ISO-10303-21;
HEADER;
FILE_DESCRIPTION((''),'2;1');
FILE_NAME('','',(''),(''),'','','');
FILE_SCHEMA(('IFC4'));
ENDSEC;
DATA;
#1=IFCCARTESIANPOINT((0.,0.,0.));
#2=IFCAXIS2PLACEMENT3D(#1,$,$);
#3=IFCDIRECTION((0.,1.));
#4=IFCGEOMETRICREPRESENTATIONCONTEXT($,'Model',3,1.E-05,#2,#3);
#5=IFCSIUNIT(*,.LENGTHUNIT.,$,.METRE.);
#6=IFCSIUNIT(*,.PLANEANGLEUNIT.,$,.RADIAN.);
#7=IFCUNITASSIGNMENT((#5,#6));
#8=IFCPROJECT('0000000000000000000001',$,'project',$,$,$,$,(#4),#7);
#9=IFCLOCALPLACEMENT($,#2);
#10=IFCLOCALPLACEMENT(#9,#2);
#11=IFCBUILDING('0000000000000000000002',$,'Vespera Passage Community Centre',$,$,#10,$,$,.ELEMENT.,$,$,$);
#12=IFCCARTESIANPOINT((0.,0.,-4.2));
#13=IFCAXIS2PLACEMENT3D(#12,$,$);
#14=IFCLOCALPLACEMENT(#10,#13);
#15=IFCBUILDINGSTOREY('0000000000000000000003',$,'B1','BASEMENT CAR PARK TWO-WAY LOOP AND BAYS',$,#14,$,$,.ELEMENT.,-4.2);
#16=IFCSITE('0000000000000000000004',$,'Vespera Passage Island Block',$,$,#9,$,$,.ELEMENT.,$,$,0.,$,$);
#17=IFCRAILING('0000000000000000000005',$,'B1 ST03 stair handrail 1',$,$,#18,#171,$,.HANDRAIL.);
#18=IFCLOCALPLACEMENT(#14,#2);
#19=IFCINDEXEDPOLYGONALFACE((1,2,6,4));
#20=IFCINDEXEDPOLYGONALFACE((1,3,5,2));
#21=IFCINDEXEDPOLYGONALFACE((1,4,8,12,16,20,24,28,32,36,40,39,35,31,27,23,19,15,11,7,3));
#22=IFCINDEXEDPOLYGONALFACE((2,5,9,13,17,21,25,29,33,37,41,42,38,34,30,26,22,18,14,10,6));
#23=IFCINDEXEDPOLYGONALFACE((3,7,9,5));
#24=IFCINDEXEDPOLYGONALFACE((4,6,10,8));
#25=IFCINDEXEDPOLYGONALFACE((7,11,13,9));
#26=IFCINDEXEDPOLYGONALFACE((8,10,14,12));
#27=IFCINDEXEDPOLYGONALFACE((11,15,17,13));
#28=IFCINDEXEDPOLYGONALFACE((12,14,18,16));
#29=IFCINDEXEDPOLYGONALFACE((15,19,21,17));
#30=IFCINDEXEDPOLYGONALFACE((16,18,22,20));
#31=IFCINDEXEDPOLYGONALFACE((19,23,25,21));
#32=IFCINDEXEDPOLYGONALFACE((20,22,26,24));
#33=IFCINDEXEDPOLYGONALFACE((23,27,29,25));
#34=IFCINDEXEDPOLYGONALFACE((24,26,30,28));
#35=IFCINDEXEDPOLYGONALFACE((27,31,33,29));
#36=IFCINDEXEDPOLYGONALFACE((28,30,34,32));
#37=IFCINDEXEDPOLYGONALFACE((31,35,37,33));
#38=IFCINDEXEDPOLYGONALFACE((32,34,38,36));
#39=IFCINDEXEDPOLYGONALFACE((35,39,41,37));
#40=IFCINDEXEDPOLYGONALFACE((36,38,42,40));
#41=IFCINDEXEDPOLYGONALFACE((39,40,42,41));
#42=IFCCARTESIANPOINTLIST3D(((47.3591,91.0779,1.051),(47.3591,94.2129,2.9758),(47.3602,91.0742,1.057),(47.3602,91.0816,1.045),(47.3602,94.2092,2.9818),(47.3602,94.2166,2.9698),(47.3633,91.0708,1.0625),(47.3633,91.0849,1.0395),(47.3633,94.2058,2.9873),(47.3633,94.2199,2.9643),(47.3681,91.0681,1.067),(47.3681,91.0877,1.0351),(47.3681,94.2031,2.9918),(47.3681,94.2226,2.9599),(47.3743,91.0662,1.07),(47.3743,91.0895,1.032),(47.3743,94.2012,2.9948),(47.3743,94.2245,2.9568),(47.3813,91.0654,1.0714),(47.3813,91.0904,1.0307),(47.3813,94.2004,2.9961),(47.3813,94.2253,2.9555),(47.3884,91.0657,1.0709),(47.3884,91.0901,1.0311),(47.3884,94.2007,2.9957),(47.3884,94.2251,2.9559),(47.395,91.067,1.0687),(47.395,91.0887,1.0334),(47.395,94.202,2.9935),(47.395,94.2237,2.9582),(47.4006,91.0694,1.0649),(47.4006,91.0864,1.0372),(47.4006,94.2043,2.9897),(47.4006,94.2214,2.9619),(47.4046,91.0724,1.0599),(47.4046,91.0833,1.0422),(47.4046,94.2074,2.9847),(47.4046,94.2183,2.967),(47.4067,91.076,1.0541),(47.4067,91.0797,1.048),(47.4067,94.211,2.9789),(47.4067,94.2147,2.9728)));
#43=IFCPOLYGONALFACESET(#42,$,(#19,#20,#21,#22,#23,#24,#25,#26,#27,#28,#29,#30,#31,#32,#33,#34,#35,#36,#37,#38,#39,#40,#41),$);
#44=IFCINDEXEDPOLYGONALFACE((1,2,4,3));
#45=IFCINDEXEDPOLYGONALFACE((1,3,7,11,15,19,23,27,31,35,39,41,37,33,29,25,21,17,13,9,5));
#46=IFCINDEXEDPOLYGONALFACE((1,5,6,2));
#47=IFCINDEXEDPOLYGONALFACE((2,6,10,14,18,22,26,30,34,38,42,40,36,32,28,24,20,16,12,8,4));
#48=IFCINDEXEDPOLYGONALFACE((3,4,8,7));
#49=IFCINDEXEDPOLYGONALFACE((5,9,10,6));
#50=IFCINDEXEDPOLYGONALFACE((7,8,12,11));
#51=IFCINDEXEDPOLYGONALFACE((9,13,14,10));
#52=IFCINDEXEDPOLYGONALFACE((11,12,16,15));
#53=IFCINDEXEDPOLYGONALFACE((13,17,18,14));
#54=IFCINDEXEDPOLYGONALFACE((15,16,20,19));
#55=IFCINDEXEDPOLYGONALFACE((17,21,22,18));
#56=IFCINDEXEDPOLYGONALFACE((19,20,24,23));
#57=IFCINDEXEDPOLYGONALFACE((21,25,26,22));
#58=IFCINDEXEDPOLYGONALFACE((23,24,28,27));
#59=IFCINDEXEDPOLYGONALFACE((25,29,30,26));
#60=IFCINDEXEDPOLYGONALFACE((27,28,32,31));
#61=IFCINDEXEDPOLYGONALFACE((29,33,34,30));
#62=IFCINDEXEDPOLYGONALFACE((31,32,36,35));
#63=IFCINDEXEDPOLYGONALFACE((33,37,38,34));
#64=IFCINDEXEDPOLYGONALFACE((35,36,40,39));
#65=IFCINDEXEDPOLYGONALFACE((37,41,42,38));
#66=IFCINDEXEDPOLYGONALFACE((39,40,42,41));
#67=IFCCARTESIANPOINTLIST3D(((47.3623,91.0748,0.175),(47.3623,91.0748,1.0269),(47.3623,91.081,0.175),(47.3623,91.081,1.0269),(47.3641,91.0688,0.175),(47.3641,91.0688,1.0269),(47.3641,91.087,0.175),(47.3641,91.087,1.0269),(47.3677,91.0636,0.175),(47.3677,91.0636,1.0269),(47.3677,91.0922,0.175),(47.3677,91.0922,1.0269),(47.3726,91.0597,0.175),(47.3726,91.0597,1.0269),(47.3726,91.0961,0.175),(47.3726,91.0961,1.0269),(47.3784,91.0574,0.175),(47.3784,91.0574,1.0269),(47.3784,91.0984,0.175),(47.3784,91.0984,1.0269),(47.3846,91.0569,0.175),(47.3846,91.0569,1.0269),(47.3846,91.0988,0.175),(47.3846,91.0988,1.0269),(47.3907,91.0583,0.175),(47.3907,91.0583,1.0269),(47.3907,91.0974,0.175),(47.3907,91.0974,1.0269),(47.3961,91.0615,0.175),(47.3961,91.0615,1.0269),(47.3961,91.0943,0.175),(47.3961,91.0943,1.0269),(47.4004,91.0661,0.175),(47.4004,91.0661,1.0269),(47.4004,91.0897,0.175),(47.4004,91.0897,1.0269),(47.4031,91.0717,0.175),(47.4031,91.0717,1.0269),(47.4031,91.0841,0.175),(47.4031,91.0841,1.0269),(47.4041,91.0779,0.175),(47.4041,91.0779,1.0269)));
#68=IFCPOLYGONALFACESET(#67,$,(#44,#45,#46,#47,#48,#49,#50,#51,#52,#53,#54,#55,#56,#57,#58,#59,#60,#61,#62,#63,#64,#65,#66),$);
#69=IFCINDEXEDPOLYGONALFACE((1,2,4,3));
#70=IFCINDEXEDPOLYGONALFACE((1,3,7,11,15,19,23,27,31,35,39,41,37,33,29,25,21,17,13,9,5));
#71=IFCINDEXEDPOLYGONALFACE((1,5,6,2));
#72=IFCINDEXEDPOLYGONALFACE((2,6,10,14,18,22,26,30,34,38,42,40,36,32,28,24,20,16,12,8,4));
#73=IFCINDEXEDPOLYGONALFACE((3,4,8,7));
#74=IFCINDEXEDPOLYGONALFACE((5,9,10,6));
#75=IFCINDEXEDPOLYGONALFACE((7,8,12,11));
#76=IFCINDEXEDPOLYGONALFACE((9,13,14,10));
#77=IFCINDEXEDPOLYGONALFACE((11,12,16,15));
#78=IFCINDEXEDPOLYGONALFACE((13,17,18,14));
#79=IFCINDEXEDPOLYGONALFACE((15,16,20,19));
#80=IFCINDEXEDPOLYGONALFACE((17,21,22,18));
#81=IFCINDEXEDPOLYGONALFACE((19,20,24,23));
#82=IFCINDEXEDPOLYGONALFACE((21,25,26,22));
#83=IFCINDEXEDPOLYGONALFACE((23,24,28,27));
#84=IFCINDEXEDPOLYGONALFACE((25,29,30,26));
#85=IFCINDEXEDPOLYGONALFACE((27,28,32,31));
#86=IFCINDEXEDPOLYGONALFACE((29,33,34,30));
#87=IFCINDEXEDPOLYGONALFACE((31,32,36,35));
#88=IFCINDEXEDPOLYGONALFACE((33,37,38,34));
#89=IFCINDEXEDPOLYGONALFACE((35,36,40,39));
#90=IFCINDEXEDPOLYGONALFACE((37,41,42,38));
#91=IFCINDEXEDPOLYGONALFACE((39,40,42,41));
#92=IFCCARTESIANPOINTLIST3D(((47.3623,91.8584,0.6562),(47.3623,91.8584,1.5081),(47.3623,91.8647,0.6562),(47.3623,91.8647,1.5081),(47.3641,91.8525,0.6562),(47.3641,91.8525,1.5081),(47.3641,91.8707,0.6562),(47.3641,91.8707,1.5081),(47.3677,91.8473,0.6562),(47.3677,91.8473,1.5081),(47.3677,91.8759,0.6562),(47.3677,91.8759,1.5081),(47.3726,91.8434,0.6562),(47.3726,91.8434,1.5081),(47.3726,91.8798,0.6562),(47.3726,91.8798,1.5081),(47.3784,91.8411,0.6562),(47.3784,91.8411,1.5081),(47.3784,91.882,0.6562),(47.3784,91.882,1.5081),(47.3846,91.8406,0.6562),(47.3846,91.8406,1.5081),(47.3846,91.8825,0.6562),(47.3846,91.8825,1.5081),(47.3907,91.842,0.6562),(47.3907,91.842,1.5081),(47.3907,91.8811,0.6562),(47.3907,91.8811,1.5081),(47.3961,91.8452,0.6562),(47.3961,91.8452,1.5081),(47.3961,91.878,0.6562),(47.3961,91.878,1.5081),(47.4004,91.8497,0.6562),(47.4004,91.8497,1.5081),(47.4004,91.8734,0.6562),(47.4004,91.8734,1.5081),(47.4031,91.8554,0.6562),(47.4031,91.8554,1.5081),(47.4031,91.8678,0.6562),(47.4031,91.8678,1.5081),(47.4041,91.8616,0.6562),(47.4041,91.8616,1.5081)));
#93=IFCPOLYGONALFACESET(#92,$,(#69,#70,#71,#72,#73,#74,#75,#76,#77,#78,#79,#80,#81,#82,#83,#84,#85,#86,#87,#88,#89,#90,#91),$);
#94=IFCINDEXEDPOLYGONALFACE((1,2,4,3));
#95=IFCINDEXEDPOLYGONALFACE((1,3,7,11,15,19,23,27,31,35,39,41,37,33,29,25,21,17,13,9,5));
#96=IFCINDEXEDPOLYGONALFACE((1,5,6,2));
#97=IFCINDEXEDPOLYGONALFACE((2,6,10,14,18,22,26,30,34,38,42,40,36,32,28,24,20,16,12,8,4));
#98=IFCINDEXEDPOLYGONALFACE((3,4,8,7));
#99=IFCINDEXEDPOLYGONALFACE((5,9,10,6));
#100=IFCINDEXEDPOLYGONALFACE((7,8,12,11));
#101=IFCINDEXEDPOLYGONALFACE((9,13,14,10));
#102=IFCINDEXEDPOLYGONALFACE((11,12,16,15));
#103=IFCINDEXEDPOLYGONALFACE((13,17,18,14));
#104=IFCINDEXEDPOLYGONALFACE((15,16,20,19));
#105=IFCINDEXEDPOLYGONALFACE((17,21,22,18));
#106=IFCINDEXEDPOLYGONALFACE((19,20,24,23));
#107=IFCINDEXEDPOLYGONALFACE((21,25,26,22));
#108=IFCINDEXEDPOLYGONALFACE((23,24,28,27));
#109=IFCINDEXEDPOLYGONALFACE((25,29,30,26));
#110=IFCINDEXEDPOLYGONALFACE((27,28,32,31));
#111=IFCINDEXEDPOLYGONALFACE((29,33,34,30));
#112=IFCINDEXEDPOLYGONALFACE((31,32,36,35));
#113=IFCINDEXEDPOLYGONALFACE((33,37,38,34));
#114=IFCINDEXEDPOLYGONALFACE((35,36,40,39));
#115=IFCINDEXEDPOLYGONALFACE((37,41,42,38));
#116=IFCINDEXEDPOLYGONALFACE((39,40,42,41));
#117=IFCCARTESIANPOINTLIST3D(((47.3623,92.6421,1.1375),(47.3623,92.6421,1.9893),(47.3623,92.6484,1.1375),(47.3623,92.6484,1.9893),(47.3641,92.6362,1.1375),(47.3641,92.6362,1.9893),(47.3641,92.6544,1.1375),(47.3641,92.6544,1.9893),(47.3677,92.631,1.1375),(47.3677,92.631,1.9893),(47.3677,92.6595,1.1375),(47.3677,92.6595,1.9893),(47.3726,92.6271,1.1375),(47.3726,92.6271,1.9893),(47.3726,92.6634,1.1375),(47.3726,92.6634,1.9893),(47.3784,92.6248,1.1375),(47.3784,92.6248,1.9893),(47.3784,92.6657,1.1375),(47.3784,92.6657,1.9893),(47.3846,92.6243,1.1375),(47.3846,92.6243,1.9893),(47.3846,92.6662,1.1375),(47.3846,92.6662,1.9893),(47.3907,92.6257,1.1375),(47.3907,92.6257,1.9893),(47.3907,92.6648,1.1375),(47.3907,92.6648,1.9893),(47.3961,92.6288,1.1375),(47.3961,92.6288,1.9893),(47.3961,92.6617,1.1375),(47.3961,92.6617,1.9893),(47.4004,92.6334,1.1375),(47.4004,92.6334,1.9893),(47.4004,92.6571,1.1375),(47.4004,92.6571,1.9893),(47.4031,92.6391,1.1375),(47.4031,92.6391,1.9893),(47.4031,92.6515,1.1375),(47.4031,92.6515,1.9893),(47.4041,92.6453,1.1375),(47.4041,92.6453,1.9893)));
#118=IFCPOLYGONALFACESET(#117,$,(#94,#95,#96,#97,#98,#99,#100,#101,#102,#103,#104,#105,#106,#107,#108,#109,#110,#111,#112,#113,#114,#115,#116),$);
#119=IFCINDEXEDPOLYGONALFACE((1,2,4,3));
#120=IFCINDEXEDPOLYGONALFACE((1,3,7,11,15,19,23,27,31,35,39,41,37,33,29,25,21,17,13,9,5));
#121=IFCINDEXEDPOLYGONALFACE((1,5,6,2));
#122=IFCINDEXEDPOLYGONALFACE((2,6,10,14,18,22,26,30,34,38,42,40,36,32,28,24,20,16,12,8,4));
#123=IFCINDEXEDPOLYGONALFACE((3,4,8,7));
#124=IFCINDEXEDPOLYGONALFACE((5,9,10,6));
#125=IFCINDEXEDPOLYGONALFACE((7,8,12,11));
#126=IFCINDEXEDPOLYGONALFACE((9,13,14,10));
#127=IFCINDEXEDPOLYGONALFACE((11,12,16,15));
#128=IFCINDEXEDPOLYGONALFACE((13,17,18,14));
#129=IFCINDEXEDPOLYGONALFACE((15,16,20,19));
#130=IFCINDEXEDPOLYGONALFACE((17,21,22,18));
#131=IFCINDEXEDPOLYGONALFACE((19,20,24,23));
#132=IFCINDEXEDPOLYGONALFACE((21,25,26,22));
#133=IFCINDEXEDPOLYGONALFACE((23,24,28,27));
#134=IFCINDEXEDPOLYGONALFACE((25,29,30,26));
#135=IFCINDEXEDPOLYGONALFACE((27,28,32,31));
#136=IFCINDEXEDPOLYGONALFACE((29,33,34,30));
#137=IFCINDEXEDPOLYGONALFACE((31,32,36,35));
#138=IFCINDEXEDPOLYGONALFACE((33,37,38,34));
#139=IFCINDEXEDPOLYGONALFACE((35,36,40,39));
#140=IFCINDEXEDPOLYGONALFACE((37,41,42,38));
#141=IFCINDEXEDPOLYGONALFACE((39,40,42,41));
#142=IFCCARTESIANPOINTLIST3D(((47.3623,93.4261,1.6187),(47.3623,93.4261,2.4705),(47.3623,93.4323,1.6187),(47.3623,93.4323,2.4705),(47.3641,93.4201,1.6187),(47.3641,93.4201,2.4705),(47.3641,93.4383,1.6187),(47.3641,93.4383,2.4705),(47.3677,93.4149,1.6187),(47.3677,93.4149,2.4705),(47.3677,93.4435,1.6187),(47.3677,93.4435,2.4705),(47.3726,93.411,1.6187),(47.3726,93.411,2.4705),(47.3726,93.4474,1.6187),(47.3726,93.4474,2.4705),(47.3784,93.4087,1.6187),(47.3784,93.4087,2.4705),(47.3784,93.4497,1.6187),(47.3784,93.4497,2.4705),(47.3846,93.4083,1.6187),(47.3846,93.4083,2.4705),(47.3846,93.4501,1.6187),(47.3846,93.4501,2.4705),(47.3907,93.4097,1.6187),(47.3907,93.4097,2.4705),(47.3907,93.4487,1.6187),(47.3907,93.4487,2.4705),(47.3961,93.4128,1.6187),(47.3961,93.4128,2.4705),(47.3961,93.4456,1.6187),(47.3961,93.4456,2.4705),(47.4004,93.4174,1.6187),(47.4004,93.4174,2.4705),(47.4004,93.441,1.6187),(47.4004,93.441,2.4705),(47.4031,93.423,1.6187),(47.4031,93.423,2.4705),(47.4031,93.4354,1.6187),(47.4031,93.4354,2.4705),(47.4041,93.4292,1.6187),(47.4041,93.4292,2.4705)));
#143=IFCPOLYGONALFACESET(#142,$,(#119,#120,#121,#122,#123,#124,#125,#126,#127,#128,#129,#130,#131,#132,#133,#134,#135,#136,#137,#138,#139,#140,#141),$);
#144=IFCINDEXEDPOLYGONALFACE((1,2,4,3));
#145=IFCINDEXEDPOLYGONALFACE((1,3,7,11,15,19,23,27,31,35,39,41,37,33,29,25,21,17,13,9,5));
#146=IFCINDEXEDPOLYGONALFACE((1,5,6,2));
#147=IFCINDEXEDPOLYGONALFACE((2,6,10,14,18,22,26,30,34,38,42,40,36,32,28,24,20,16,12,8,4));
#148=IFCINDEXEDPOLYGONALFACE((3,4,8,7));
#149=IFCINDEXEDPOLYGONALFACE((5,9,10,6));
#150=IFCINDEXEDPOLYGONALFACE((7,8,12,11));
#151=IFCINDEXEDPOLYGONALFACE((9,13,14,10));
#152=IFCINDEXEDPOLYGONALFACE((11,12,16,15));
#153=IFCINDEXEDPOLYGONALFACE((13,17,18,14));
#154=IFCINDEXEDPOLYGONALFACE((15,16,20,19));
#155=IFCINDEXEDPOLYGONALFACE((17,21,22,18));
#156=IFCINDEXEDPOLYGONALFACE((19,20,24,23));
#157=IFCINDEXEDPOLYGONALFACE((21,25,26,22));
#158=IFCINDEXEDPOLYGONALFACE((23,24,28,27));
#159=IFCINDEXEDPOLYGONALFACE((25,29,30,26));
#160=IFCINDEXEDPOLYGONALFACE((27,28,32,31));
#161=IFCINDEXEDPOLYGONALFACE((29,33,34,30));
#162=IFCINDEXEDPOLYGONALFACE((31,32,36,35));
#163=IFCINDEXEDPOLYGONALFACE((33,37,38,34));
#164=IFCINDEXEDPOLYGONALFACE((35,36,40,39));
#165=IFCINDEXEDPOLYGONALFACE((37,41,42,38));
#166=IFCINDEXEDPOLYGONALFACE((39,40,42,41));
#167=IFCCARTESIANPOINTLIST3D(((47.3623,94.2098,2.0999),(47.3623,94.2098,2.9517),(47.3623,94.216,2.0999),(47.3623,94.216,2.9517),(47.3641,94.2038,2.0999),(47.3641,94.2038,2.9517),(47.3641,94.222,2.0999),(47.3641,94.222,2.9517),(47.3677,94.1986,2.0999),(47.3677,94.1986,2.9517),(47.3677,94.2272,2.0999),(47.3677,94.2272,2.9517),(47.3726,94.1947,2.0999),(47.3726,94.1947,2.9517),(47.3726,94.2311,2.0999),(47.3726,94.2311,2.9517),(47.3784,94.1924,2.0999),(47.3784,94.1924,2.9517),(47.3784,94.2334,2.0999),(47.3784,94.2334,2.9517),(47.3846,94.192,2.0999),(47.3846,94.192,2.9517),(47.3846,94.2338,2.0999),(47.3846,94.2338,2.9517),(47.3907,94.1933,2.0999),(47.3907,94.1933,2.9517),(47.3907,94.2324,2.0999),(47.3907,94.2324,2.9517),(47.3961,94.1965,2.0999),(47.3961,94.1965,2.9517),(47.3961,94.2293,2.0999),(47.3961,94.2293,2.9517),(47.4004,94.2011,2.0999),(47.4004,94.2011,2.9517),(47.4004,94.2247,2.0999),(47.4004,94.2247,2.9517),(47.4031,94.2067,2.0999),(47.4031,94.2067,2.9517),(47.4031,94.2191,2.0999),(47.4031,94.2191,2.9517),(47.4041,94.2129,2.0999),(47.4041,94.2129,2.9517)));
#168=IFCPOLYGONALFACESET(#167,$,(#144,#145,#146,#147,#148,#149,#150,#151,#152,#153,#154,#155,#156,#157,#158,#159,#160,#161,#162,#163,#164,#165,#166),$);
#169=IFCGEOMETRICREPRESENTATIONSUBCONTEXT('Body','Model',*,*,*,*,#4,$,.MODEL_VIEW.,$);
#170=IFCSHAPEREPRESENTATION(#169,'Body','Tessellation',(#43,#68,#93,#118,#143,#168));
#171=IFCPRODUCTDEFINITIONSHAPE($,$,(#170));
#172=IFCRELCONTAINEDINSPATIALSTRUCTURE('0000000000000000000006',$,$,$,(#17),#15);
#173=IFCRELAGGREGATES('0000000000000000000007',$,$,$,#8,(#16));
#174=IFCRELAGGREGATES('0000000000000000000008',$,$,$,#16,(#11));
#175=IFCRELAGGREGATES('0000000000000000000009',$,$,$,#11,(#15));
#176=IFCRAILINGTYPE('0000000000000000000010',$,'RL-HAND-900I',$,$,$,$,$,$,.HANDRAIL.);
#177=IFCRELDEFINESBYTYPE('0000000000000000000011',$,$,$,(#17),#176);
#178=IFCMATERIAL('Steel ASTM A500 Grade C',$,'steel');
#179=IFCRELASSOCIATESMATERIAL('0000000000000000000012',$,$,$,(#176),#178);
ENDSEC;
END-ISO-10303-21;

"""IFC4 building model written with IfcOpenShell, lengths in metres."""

from ifc_helpers import new_model, si_unit, direction, frame, origin, origin_2d, place, context, subcontext, project, spatial, circle, extrude, material, type_object, element, save


model = new_model("IFC4")

# Units and contexts
model_context = context("Model", 3, precision=1e-05, world=origin(), true_north=direction((0.0, 1.0)))
body_context = subcontext(model_context, "Body", "Model", "MODEL_VIEW")
ifc_project = project(units=[si_unit("LENGTHUNIT", "METRE"), si_unit("PLANEANGLEUNIT", "RADIAN")], contexts=[model_context])

# Site, building, storey
site_placement = place(None, origin())
site = spatial("IfcSite", under=ifc_project, at=site_placement, Name="Vespera Passage Island Block", CompositionType="ELEMENT", RefElevation=0.0)
building_placement = place(site_placement, origin())
building = spatial("IfcBuilding", under=site, at=building_placement, Name="Vespera Passage Community Centre", CompositionType="ELEMENT")
storey_placement = place(building_placement, frame((0.0, 0.0, -4.2)))
storey = spatial("IfcBuildingStorey", under=building, at=storey_placement, Name="B1", Description="BASEMENT CAR PARK TWO-WAY LOOP AND BAYS", CompositionType="ELEMENT", Elevation=-4.2)

# Railing
ifc_material_1 = material(Name="Steel ASTM A500 Grade C", Category="steel")
railing_type_1 = type_object("IfcRailingType", Name="RL-HAND-900I", PredefinedType="HANDRAIL", material=ifc_material_1)
railing_1_placement = place(storey_placement, frame((47.3831, 91.0779, 0.175)))
element("IfcRailing", 1, at=railing_1_placement, inside=storey, type_object=railing_type_1, Name="B1 ST03 stair handrail 1", PredefinedType="HANDRAIL", context=body_context, shape_type="SweptSolid", body=[
    extrude(circle(Radius=0.0239, at=origin_2d()), frame((0.0, 0.0, 0.876), z_axis=(0.0, 0.852196, 0.523223), x_axis=(-1.0, 0.0, 0.0)), (0.0, 0.0, 1.0), 3.6787),
    extrude(circle(Radius=0.021, at=origin_2d()), origin(), (0.0, 0.0, 1.0), 0.8518),
    extrude(circle(Radius=0.021, at=origin_2d()), frame((0.0, 0.7837, 0.4812)), (0.0, 0.0, 1.0), 0.8518),
    extrude(circle(Radius=0.021, at=origin_2d()), frame((0.0, 1.5674, 0.9624)), (0.0, 0.0, 1.0), 0.8518),
    extrude(circle(Radius=0.021, at=origin_2d()), frame((0.0, 2.3513, 1.4436)), (0.0, 0.0, 1.0), 0.8518),
    extrude(circle(Radius=0.021, at=origin_2d()), frame((0.0, 3.135, 1.9248)), (0.0, 0.0, 1.0), 0.8518),
])

save(model, "model.ifc")
